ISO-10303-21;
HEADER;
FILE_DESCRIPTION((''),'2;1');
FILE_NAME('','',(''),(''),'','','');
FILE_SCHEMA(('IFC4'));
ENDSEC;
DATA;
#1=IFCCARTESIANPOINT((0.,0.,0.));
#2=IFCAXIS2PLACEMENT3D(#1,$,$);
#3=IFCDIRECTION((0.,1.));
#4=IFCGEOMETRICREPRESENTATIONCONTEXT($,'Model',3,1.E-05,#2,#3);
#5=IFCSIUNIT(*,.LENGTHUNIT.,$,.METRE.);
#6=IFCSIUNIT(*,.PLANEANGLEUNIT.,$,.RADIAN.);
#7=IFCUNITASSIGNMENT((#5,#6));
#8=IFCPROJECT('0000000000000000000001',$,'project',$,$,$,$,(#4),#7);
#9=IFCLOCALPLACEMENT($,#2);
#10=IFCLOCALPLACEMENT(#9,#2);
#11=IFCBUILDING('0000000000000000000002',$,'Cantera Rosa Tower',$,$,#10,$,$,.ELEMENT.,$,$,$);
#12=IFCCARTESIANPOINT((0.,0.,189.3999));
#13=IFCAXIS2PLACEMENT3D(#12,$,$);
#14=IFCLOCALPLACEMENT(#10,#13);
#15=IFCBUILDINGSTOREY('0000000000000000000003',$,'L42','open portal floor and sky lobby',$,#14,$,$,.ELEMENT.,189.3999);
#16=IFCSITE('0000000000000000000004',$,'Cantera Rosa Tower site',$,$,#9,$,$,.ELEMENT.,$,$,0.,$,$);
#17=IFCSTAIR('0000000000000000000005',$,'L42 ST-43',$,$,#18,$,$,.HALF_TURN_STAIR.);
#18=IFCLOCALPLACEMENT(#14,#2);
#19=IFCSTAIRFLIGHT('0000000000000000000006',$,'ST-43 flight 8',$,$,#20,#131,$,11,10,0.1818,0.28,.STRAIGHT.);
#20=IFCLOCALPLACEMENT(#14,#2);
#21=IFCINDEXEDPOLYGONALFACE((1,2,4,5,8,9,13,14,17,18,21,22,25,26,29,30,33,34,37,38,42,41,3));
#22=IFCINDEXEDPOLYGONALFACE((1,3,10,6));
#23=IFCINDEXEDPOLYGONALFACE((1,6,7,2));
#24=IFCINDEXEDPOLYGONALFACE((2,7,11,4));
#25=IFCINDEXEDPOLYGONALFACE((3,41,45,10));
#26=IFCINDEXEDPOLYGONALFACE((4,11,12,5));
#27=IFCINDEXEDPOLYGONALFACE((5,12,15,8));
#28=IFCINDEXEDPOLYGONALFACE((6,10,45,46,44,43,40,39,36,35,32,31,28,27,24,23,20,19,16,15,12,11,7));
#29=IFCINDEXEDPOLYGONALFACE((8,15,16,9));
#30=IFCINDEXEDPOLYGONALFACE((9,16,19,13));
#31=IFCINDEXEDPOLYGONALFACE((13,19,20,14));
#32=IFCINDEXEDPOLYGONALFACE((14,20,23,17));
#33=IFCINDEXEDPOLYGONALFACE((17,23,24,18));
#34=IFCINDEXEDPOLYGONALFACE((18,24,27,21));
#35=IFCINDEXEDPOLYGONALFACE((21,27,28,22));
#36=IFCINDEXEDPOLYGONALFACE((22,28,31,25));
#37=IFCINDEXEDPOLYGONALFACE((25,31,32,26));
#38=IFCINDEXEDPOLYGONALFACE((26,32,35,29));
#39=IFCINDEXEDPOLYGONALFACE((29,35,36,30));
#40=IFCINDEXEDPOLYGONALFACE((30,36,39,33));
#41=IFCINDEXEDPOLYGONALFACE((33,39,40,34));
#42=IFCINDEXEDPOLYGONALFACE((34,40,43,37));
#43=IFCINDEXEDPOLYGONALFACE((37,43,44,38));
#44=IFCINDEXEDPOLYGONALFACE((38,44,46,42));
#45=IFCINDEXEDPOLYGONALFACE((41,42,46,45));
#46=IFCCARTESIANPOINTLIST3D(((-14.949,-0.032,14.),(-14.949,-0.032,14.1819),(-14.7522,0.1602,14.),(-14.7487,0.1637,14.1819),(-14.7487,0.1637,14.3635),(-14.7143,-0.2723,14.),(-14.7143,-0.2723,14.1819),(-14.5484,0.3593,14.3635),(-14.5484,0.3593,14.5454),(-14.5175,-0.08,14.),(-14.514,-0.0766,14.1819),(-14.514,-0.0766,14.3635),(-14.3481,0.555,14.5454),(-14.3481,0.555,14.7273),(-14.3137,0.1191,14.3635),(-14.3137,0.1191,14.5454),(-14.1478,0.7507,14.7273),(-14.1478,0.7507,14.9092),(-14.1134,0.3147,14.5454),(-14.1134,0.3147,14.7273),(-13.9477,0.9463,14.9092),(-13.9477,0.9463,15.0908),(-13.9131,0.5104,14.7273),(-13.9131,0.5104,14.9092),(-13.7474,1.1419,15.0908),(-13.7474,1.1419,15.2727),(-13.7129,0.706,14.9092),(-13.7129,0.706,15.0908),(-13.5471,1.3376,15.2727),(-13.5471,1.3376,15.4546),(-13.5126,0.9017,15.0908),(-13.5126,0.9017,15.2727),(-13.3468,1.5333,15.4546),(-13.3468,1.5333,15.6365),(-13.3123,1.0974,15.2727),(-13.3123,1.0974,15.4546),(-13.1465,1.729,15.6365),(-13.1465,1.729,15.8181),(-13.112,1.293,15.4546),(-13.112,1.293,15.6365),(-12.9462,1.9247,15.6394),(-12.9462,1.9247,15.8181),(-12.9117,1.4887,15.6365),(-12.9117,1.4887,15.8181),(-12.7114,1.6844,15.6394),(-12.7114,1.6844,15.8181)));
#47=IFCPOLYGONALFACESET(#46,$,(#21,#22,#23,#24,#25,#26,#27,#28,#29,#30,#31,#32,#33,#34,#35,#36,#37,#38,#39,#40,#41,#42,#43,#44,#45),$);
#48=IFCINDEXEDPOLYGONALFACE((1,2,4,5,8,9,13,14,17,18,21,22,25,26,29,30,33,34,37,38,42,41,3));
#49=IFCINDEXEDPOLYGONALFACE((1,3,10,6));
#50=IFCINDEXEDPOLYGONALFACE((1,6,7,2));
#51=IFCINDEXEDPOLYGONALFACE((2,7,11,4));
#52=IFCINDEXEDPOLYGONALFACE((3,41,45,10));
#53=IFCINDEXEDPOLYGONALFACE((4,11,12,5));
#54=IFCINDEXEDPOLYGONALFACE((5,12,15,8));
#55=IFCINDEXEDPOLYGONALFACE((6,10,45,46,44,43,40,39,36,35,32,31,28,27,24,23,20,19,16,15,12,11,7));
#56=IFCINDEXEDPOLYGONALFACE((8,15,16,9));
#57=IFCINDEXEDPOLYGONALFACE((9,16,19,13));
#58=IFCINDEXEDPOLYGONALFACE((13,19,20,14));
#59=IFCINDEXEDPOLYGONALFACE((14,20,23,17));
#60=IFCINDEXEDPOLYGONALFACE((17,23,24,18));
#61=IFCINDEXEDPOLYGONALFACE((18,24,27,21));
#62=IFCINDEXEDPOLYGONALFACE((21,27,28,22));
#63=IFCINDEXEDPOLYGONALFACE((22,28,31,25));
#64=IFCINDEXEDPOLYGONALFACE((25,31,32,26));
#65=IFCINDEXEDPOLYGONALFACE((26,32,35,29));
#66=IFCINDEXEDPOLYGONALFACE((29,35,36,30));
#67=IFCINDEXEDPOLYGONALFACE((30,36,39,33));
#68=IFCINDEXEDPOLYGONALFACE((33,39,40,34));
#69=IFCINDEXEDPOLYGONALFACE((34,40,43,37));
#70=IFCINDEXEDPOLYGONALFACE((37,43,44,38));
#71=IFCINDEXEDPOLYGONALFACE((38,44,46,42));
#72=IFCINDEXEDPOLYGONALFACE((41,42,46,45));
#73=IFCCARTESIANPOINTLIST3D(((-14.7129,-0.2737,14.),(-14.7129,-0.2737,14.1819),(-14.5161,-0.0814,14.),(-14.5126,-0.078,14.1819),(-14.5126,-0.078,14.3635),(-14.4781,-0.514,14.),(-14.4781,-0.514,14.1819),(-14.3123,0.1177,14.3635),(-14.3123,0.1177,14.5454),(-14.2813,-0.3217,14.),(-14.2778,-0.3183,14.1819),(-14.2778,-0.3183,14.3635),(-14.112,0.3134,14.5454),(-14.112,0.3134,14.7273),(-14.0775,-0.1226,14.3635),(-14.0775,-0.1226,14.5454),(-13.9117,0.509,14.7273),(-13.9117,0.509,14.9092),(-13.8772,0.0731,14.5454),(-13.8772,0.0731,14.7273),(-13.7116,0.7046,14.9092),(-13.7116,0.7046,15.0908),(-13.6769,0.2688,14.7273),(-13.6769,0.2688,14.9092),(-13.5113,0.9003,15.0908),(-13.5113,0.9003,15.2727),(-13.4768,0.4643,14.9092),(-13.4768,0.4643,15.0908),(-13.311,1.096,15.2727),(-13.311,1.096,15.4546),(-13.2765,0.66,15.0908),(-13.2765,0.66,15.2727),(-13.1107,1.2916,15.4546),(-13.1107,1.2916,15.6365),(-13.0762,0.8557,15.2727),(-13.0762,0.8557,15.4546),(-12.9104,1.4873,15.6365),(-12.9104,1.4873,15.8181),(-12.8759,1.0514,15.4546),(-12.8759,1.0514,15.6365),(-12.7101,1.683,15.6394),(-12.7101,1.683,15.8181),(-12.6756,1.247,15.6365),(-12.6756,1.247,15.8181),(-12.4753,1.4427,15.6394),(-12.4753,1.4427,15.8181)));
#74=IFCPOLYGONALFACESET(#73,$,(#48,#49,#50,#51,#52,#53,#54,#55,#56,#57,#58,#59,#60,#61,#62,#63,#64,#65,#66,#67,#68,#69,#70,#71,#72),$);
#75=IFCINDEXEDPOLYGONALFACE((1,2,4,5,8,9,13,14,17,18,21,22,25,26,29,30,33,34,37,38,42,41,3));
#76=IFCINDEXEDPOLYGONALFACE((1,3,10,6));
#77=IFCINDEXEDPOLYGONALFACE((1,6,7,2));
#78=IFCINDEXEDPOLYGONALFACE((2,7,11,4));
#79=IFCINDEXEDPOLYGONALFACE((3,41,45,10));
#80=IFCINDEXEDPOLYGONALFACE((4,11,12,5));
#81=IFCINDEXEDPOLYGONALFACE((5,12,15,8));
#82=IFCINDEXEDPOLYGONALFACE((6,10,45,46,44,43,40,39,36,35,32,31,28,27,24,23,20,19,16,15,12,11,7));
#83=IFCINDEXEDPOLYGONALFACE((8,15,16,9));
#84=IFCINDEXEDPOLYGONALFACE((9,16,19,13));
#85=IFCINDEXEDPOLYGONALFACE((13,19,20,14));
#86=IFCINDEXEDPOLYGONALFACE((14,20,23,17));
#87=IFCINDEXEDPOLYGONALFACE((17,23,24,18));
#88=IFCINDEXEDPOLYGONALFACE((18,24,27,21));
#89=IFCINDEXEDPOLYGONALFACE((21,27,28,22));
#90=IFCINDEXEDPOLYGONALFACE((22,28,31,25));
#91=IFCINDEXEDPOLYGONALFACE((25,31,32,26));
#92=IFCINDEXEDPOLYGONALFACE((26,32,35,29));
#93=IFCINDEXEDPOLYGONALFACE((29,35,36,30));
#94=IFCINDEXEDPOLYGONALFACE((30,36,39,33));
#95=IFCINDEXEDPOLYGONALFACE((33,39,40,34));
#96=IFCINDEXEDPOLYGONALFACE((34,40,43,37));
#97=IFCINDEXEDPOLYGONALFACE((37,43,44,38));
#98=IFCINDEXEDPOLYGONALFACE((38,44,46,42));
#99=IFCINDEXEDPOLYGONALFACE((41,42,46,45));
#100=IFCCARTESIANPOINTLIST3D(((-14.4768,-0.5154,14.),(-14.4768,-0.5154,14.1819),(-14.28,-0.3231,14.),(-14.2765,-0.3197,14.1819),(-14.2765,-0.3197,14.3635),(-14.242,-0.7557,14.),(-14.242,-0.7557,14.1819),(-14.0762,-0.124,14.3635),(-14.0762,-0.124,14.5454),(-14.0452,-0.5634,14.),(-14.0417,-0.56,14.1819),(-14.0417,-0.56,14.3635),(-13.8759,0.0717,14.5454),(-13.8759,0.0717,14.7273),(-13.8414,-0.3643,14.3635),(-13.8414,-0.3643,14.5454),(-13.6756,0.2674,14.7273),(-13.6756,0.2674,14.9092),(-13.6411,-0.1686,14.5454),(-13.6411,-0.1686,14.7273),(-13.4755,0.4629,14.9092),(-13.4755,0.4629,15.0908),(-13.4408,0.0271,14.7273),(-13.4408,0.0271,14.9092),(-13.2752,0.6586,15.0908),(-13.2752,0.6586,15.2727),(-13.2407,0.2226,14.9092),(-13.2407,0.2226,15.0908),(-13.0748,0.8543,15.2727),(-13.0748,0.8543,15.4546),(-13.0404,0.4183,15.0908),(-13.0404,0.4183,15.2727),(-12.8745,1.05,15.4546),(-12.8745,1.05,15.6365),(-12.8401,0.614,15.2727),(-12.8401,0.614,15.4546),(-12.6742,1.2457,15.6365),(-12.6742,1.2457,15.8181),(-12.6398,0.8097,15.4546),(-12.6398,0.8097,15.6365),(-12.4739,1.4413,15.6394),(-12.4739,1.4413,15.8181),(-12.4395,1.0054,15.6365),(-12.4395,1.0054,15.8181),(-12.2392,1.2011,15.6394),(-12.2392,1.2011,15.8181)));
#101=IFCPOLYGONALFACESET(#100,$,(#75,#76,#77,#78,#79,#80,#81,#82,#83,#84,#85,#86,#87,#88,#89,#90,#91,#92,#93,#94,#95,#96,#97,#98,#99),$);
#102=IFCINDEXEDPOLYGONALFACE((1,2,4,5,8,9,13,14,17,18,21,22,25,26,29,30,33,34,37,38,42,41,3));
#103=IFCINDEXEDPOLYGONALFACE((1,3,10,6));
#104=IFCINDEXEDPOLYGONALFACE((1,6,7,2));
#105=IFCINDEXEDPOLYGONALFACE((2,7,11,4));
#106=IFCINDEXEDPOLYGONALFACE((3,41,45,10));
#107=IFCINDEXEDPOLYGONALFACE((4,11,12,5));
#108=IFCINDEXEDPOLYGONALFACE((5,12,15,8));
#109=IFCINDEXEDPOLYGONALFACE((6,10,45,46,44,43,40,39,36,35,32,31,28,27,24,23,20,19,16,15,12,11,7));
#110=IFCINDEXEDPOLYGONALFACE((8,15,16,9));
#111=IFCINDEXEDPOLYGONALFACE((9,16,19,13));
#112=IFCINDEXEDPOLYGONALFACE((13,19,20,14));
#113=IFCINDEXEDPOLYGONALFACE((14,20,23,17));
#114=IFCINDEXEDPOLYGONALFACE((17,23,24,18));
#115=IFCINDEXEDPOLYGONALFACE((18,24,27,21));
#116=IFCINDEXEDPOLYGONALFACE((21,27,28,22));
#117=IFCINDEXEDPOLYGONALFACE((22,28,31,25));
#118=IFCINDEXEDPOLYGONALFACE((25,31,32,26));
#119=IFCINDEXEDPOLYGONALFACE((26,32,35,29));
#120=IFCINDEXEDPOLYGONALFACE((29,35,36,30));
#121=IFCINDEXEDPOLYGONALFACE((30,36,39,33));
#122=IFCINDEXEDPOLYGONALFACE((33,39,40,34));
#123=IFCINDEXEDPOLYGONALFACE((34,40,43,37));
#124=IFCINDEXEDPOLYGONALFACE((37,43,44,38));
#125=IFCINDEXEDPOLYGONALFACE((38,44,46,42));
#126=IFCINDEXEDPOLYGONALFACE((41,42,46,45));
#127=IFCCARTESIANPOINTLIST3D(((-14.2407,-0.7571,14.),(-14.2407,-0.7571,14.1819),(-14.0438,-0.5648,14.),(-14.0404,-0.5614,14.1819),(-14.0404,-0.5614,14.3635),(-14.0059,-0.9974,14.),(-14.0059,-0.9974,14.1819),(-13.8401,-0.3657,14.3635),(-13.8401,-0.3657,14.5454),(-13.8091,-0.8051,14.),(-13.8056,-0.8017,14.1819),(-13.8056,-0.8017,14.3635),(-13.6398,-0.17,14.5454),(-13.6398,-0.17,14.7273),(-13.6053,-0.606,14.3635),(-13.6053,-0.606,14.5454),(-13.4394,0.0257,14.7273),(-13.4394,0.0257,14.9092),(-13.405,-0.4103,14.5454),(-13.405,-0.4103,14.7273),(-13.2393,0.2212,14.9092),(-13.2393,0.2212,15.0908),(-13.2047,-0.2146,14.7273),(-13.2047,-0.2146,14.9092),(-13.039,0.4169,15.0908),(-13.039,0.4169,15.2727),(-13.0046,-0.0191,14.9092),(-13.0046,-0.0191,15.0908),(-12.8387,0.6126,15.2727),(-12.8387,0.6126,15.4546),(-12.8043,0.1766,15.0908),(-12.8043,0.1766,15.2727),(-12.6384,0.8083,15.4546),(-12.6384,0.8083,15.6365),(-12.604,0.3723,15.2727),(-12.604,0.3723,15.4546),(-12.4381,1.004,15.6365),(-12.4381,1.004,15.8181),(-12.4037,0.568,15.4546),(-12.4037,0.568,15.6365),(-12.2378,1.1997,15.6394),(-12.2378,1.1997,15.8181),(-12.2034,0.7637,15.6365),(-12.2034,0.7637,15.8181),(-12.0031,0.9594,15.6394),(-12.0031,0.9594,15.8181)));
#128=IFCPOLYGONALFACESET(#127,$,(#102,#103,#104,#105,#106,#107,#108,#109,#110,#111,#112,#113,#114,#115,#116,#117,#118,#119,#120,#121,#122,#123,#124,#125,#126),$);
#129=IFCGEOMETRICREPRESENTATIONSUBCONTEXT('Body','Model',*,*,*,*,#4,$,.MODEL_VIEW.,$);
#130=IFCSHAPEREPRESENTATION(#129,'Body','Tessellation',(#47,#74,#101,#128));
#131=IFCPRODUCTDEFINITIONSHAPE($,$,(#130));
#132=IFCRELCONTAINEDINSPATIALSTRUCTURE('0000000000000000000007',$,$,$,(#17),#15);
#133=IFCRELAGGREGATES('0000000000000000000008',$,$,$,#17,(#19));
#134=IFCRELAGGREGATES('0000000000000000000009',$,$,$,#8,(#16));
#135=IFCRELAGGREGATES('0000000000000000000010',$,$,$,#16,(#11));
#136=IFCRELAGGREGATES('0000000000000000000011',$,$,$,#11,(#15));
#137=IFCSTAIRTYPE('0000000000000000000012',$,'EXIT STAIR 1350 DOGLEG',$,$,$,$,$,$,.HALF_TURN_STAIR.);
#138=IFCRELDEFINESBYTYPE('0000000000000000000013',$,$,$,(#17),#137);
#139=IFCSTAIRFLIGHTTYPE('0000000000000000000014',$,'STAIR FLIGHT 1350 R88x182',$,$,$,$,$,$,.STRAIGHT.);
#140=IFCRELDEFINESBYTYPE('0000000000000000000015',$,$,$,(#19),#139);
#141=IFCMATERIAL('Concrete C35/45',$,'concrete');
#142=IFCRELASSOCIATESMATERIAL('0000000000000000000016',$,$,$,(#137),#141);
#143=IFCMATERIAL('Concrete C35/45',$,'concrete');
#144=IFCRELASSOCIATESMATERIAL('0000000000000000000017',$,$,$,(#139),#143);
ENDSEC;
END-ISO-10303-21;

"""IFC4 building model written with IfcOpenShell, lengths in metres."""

from ifc_helpers import new_model, si_unit, direction, frame, origin, place, context, subcontext, project, spatial, polyline, outline, extrude, material, type_object, element, aggregate, save


model = new_model("IFC4")

# Units and contexts
model_context = context("Model", 3, precision=1e-05, world=origin(), true_north=direction((0.0, 1.0)))
body_context = subcontext(model_context, "Body", "Model", "MODEL_VIEW")
ifc_project = project(units=[si_unit("LENGTHUNIT", "METRE"), si_unit("PLANEANGLEUNIT", "RADIAN")], contexts=[model_context])

# Site, building, storey
site_placement = place(None, origin())
site = spatial("IfcSite", under=ifc_project, at=site_placement, Name="Cantera Rosa Tower site", CompositionType="ELEMENT", RefElevation=0.0)
building_placement = place(site_placement, origin())
building = spatial("IfcBuilding", under=site, at=building_placement, Name="Cantera Rosa Tower", CompositionType="ELEMENT")
storey_placement = place(building_placement, frame((0.0, 0.0, 189.3999)))
storey = spatial("IfcBuildingStorey", under=building, at=storey_placement, Name="L42", Description="open portal floor and sky lobby", CompositionType="ELEMENT", Elevation=189.3999)

# Stair, stair flight
ifc_material_1 = material(Name="Concrete C35/45", Category="concrete")
stair_type = type_object("IfcStairType", Name="EXIT STAIR 1350 DOGLEG", PredefinedType="HALF_TURN_STAIR", material=ifc_material_1)
stair_1_placement = place(storey_placement, origin())
stair_1 = element("IfcStair", 1, at=stair_1_placement, inside=storey, type_object=stair_type, Name="L42 ST-43", PredefinedType="HALF_TURN_STAIR")
ifc_material_2 = material(Name="Concrete C35/45", Category="concrete")
stair_flight_type = type_object("IfcStairFlightType", Name="STAIR FLIGHT 1350 R88x182", PredefinedType="STRAIGHT", material=ifc_material_2)
stair_flight_1_placement = place(storey_placement, frame((-14.4773, -0.5149, 14.0), z_axis=(0.0, 0.0, 1.0), x_axis=(0.715286, 0.698832, 0.0)))
stair_flight_1 = element("IfcStairFlight", 2, at=stair_flight_1_placement, type_object=stair_flight_type, Name="ST-43 flight 8", NumberOfRisers=11, NumberOfTreads=10, PredefinedType="STRAIGHT", RiserHeight=0.1818, TreadLength=0.28, context=body_context, shape_type="SweptSolid", body=[
    extrude(outline(polyline([(0.0, 0.0), (0.0, 0.1819), (0.28, 0.1819), (0.28, 0.3635), (0.5601, 0.3635), (0.5601, 0.5454), (0.8401, 0.5454), (0.8401, 0.7273), (1.1201, 0.7273), (1.1201, 0.9092), (1.3999, 0.9092), (1.3999, 1.0908), (1.6799, 1.0908), (1.6799, 1.2727), (1.96, 1.2727), (1.96, 1.4546), (2.24, 1.4546), (2.24, 1.6365), (2.52, 1.6365), (2.52, 1.8181), (2.8, 1.8181), (2.8, 2.0), (2.8, 1.6394), (0.2751, 0.0), (0.0, 0.0)])), frame((0.0, 0.675, 0.0), z_axis=(0.0, -1.0, 0.0), x_axis=(1.0, 0.0, 0.0)), (0.0, 0.0, 1.0), 0.3359),
    extrude(outline(polyline([(0.0, 0.0), (0.0, 0.1819), (0.28, 0.1819), (0.28, 0.3635), (0.5601, 0.3635), (0.5601, 0.5454), (0.8401, 0.5454), (0.8401, 0.7273), (1.1201, 0.7273), (1.1201, 0.9092), (1.3999, 0.9092), (1.3999, 1.0908), (1.6799, 1.0908), (1.6799, 1.2727), (1.96, 1.2727), (1.96, 1.4546), (2.24, 1.4546), (2.24, 1.6365), (2.52, 1.6365), (2.52, 1.8181), (2.8, 1.8181), (2.8, 2.0), (2.8, 1.6394), (0.2751, 0.0), (0.0, 0.0)])), frame((0.0, 0.3372, 0.0), z_axis=(0.0, -1.0, 0.0), x_axis=(1.0, 0.0, 0.0)), (0.0, 0.0, 1.0), 0.3359),
    extrude(outline(polyline([(0.0, 0.0), (0.0, 0.1819), (0.28, 0.1819), (0.28, 0.3635), (0.5601, 0.3635), (0.5601, 0.5454), (0.8401, 0.5454), (0.8401, 0.7273), (1.1201, 0.7273), (1.1201, 0.9092), (1.3999, 0.9092), (1.3999, 1.0908), (1.6799, 1.0908), (1.6799, 1.2727), (1.96, 1.2727), (1.96, 1.4546), (2.24, 1.4546), (2.24, 1.6365), (2.52, 1.6365), (2.52, 1.8181), (2.8, 1.8181), (2.8, 2.0), (2.8, 1.6394), (0.2751, 0.0), (0.0, 0.0)])), frame((0.0, -0.0007, 0.0), z_axis=(0.0, -1.0, 0.0), x_axis=(1.0, 0.0, 0.0)), (0.0, 0.0, 1.0), 0.3359),
    extrude(outline(polyline([(0.0, 0.0), (0.0, 0.1819), (0.28, 0.1819), (0.28, 0.3635), (0.5601, 0.3635), (0.5601, 0.5454), (0.8401, 0.5454), (0.8401, 0.7273), (1.1201, 0.7273), (1.1201, 0.9092), (1.3999, 0.9092), (1.3999, 1.0908), (1.6799, 1.0908), (1.6799, 1.2727), (1.96, 1.2727), (1.96, 1.4546), (2.24, 1.4546), (2.24, 1.6365), (2.52, 1.6365), (2.52, 1.8181), (2.8, 1.8181), (2.8, 2.0), (2.8, 1.6394), (0.2751, 0.0), (0.0, 0.0)])), frame((0.0, -0.3386, 0.0), z_axis=(0.0, -1.0, 0.0), x_axis=(1.0, 0.0, 0.0)), (0.0, 0.0, 1.0), 0.3359),
])
aggregate(stair_1, [stair_flight_1])

save(model, "model.ifc")
